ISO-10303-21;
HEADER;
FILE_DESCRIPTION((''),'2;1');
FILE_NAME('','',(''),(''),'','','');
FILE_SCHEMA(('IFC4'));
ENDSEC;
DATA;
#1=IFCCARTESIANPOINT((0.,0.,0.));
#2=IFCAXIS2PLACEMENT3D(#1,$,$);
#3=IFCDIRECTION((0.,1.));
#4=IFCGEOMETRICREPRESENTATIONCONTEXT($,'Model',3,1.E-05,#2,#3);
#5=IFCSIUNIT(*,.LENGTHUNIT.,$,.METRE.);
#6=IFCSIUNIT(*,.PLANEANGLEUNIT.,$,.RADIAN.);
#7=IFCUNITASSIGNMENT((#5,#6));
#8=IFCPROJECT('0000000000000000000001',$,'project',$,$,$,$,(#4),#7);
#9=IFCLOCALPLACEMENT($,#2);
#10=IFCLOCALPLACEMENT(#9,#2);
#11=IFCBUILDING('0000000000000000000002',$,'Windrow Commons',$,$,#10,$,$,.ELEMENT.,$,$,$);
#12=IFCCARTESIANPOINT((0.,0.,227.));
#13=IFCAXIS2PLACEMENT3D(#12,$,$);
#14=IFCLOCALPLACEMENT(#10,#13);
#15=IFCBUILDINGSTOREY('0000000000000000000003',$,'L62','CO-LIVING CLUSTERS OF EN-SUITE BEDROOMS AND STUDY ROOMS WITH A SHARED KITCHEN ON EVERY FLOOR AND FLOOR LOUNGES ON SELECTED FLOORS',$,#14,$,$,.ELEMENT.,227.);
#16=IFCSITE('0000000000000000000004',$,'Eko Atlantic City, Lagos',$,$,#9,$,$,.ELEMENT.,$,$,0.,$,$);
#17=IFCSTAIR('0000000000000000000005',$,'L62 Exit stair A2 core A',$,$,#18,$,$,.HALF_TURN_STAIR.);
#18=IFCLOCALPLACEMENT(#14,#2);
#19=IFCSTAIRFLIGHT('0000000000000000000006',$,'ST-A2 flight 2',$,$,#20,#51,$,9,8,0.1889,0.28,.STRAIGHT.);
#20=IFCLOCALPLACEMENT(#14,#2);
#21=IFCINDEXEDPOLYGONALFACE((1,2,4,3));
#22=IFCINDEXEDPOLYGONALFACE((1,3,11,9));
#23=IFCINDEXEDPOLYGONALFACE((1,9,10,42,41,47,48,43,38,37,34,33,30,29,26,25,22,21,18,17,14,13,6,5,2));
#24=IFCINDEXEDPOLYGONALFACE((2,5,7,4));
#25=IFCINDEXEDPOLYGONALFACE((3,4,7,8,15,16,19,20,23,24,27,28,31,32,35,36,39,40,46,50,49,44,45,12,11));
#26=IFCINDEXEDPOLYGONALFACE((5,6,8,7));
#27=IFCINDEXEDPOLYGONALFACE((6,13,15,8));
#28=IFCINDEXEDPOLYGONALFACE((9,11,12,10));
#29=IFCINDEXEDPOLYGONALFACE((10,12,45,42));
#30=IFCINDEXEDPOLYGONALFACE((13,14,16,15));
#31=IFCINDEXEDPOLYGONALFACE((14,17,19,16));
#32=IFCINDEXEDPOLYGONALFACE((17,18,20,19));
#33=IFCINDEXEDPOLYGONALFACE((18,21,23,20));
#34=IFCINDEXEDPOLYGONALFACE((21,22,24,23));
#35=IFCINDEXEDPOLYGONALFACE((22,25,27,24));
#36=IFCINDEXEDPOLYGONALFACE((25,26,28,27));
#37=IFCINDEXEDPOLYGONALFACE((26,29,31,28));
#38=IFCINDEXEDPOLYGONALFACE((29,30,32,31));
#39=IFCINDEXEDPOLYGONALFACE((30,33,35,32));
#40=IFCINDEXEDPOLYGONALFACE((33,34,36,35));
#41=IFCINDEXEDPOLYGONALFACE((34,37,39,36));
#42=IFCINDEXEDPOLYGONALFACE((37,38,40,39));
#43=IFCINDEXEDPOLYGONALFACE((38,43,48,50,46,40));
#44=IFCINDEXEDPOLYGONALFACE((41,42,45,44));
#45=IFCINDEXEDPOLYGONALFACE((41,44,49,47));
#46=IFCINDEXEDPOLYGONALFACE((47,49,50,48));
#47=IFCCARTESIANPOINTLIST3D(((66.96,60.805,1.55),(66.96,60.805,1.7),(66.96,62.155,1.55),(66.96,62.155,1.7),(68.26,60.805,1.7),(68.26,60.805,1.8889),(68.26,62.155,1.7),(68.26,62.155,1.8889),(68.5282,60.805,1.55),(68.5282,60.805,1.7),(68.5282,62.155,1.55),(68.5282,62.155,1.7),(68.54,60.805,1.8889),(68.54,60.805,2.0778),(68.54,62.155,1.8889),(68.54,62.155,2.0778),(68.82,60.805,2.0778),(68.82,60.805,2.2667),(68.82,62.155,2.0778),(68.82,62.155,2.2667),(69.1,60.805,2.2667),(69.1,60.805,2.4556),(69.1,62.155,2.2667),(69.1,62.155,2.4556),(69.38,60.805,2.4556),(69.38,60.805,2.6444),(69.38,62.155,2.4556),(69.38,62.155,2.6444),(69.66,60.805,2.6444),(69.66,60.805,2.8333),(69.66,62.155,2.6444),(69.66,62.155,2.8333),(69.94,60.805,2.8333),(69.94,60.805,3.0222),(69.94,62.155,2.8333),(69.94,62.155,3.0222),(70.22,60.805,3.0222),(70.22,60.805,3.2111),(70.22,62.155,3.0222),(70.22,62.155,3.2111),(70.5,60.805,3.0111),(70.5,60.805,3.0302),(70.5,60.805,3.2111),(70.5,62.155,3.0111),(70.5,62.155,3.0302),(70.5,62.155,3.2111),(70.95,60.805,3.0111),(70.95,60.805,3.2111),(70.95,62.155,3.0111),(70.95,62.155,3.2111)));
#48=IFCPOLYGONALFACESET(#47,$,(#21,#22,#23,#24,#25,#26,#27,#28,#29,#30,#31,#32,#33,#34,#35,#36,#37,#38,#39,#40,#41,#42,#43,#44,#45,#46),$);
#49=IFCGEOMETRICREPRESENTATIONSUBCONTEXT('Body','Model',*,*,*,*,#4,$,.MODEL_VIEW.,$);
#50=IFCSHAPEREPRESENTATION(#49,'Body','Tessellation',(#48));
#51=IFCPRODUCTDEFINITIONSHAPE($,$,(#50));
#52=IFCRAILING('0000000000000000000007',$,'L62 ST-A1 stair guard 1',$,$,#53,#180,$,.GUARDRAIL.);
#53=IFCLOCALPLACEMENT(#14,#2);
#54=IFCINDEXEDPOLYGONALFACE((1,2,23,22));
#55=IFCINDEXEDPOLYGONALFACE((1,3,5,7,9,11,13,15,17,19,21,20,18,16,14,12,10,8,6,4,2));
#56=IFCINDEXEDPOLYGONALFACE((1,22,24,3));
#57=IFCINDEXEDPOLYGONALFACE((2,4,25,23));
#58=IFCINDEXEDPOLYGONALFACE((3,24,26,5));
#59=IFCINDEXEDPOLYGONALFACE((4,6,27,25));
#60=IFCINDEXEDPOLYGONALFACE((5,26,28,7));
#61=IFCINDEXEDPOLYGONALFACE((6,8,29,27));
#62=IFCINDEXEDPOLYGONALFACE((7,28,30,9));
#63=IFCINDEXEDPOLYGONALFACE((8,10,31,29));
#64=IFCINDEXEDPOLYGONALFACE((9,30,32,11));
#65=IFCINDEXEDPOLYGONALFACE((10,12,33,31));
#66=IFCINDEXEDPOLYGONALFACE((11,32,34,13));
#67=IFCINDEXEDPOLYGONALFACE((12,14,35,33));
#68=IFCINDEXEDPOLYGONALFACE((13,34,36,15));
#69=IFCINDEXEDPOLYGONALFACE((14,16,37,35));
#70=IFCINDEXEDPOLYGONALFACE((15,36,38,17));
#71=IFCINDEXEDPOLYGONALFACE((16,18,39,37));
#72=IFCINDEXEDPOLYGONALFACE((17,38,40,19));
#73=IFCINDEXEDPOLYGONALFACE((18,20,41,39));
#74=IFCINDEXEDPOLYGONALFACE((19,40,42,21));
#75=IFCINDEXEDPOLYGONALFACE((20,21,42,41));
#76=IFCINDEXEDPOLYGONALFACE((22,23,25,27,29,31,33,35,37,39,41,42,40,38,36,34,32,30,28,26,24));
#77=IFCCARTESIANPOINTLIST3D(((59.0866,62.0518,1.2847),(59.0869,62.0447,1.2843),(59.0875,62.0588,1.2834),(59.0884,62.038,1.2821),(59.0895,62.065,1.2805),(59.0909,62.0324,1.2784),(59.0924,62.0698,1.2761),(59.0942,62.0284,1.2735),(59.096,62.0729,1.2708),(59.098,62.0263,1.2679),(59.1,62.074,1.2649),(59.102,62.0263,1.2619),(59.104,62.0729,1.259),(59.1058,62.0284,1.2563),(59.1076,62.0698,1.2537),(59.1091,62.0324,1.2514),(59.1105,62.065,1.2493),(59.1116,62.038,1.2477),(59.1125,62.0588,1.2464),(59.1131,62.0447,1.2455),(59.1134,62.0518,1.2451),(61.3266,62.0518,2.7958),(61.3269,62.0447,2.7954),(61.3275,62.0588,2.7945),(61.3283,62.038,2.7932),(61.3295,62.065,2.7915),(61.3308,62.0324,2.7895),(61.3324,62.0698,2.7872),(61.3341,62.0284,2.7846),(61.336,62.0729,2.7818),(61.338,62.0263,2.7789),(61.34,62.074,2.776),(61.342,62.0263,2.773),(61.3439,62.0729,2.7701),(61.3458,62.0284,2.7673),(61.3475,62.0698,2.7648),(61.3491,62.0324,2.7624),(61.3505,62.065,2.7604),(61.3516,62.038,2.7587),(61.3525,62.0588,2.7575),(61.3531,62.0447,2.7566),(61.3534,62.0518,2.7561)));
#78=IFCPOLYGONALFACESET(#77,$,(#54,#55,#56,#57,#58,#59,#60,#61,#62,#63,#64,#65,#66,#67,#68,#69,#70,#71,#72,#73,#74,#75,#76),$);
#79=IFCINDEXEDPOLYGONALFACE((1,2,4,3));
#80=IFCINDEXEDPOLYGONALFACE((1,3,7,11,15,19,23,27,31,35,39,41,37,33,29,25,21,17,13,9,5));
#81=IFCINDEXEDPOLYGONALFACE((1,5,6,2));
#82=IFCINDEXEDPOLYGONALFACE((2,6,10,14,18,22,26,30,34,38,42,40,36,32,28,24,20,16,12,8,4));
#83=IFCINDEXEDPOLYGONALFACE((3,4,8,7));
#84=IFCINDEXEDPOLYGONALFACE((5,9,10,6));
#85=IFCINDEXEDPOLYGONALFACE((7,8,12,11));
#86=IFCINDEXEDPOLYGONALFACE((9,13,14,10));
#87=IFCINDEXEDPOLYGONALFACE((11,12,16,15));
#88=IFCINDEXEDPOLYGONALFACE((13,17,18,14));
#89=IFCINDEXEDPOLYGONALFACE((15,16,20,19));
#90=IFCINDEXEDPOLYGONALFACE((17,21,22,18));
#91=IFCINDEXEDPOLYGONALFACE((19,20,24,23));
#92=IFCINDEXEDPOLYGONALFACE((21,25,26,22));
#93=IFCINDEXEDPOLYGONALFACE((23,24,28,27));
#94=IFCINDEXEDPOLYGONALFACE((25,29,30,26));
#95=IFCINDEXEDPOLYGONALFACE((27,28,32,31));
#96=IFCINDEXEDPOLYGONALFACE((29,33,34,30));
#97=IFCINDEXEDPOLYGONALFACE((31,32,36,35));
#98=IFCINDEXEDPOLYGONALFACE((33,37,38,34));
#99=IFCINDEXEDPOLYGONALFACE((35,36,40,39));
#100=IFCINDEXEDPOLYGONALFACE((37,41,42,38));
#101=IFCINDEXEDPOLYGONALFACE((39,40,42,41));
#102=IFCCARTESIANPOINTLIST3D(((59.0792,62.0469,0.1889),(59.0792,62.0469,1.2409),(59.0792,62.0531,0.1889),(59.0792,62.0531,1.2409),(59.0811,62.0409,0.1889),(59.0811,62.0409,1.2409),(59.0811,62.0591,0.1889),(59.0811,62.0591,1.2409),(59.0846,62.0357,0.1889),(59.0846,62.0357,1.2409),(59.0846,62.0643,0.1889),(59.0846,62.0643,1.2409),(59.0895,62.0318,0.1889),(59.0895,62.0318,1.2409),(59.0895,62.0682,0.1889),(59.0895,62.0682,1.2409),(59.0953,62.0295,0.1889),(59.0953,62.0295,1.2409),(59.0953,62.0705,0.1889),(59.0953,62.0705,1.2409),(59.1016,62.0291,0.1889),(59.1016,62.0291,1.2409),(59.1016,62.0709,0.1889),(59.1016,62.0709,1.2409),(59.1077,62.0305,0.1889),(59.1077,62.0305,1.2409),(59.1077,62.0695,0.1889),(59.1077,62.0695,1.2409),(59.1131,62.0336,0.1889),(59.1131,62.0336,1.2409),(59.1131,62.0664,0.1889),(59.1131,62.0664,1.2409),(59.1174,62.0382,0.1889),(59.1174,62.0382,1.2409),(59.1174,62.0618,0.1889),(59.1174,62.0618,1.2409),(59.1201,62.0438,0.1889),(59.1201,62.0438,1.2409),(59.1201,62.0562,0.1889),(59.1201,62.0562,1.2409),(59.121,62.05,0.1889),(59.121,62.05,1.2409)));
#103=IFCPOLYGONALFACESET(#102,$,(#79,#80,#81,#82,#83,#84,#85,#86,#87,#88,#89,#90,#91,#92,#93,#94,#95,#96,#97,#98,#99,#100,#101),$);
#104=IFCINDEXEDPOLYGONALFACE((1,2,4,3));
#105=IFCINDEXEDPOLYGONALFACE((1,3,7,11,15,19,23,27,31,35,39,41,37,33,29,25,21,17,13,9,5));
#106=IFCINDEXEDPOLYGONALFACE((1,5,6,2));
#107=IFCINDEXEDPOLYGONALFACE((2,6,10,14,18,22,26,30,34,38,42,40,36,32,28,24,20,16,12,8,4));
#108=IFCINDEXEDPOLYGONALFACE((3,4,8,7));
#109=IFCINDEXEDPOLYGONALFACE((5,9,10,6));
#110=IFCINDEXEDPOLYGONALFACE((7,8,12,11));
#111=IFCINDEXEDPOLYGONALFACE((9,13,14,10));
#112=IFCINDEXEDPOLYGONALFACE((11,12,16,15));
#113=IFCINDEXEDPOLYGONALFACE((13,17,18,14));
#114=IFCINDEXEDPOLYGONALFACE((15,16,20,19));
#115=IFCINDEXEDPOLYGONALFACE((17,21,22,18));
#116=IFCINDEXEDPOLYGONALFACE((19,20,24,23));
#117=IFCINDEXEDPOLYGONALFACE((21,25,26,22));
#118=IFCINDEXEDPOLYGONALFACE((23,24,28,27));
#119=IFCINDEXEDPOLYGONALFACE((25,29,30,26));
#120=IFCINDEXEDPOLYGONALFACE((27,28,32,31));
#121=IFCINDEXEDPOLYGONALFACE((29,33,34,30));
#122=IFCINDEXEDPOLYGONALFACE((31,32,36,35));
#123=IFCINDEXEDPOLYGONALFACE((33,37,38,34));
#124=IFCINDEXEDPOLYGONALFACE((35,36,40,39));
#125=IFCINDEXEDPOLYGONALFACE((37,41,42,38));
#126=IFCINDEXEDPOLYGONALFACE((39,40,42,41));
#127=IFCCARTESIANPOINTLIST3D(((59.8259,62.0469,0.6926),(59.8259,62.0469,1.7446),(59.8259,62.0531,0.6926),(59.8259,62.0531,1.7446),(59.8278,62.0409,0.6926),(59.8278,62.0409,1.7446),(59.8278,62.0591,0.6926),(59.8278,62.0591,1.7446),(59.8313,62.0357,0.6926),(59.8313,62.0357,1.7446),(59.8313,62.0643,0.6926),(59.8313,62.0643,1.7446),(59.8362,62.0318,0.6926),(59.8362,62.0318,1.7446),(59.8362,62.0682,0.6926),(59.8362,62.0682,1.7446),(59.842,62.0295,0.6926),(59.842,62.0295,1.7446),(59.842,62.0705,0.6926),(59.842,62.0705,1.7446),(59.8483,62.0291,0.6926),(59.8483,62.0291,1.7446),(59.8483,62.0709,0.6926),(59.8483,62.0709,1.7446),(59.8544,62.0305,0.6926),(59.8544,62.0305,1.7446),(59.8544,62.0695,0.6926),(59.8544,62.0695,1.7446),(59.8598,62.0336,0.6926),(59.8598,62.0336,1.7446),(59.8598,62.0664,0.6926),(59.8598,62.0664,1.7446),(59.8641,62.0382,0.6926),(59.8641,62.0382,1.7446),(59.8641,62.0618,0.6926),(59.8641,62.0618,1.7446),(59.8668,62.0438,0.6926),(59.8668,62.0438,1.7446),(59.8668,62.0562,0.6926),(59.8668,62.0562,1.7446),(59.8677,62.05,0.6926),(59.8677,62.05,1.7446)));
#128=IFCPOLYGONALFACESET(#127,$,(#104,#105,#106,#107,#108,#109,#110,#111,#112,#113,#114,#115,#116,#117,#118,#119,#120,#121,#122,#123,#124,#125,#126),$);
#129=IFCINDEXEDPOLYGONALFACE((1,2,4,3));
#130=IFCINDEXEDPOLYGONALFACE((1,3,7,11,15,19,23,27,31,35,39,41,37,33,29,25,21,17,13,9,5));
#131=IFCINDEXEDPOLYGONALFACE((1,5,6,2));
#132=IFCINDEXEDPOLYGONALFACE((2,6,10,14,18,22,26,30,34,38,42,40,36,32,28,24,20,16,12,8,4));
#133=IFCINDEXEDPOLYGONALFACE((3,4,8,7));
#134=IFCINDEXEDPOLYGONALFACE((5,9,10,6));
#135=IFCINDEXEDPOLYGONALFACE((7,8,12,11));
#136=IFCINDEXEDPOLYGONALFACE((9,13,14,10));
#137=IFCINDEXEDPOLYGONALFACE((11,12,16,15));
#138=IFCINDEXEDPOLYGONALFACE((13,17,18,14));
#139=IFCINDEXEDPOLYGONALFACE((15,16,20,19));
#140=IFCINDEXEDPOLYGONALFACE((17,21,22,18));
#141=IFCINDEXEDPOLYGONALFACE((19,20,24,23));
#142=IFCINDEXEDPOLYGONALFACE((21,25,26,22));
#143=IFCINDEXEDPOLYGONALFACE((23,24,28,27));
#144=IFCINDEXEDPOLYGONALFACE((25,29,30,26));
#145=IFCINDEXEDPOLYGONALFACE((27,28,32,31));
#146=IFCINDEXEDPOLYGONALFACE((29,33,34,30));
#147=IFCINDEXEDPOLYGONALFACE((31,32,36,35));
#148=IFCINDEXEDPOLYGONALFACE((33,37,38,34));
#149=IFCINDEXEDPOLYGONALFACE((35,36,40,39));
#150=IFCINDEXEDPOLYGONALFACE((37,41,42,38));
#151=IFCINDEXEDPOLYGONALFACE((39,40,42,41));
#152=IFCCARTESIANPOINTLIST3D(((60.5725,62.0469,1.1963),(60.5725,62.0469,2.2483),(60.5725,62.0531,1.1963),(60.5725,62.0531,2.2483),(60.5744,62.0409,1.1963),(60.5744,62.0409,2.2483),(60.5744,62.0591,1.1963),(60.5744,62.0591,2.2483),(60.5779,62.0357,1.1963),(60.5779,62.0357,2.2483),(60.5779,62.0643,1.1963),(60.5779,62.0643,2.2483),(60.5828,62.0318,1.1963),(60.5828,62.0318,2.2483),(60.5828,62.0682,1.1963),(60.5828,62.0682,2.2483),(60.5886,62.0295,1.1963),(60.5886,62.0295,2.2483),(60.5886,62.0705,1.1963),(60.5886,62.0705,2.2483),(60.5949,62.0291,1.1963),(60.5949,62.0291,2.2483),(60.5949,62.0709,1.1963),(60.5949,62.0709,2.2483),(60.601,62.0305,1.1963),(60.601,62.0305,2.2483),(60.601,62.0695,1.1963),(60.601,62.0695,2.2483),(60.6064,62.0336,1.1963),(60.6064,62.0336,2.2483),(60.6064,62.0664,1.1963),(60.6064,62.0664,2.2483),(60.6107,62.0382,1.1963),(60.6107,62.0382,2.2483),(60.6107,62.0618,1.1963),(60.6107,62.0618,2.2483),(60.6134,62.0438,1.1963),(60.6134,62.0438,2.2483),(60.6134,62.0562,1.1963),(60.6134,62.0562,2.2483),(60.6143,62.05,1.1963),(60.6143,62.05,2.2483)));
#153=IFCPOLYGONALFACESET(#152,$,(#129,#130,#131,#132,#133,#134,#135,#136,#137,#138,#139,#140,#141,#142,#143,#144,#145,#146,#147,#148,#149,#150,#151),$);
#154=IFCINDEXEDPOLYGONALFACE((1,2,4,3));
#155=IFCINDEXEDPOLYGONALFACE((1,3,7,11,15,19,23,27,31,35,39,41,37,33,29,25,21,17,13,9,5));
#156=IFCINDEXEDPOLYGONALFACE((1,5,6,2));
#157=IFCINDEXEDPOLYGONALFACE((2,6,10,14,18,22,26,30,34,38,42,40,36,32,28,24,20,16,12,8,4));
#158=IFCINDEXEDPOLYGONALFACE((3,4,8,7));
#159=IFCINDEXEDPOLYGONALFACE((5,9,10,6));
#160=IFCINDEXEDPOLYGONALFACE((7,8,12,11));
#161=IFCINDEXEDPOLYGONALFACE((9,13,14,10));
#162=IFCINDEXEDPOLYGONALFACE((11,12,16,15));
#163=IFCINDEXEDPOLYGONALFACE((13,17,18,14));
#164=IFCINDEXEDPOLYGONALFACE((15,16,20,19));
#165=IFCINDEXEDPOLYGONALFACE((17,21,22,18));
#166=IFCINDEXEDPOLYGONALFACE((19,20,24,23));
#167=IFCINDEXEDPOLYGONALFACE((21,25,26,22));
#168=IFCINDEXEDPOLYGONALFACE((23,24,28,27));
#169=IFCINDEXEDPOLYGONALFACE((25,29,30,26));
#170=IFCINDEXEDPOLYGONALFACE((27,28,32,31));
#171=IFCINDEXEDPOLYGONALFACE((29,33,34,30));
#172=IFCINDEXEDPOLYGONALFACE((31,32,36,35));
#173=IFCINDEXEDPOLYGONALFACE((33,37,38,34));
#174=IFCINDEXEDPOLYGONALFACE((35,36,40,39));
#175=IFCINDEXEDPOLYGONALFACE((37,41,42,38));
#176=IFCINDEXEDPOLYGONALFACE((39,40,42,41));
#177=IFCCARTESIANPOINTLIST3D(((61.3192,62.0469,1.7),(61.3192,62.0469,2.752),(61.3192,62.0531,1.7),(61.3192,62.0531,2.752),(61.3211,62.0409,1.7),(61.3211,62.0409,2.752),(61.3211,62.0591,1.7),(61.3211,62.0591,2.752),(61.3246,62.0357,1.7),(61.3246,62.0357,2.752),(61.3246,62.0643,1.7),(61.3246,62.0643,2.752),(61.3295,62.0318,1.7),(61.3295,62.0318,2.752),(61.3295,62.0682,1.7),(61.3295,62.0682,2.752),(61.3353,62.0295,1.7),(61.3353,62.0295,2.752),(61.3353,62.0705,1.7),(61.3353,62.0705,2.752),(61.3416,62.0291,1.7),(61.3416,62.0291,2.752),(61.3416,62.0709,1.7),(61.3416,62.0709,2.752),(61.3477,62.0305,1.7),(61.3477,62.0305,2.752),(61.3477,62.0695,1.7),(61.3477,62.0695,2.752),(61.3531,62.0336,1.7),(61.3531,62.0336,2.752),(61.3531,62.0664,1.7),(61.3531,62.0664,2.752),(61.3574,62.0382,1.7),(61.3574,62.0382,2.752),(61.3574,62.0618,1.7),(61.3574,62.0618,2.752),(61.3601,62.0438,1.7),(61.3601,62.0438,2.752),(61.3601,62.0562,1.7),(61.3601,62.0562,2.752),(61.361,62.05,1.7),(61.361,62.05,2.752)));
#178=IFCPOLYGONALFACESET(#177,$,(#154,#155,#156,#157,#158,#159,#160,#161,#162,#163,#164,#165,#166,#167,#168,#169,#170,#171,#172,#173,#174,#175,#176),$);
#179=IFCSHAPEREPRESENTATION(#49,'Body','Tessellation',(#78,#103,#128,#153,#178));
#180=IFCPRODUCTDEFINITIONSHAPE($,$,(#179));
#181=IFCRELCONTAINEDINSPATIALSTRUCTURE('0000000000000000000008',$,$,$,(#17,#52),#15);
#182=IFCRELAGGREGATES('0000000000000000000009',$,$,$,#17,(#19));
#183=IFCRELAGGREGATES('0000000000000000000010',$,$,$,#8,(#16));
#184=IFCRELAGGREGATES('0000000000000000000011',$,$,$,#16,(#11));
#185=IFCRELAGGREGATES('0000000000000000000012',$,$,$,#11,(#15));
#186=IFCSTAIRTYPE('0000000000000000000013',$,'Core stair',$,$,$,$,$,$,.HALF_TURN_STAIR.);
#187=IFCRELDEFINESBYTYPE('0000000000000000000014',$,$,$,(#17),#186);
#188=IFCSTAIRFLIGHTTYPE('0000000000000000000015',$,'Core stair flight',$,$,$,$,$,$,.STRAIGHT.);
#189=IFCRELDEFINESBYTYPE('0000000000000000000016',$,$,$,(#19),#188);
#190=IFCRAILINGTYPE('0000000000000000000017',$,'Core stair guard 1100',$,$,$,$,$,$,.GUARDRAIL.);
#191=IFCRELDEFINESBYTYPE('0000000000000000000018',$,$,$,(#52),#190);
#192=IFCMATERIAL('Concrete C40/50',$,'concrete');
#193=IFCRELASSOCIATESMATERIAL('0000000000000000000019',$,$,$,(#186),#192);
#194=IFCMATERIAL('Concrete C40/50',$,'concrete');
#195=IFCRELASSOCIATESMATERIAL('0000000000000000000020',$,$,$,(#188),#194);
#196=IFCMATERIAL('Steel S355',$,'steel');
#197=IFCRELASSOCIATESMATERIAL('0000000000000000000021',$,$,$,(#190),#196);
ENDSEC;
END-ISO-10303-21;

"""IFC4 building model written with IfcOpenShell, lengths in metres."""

from ifc_helpers import new_model, si_unit, direction, frame, origin, origin_2d, place, context, subcontext, project, spatial, polyline, circle, outline, extrude, material, type_object, element, aggregate, save


model = new_model("IFC4")

# Units and contexts
model_context = context("Model", 3, precision=1e-05, world=origin(), true_north=direction((0.0, 1.0)))
body_context = subcontext(model_context, "Body", "Model", "MODEL_VIEW")
ifc_project = project(units=[si_unit("LENGTHUNIT", "METRE"), si_unit("PLANEANGLEUNIT", "RADIAN")], contexts=[model_context])

# Site, building, storey
site_placement = place(None, origin())
site = spatial("IfcSite", under=ifc_project, at=site_placement, Name="Eko Atlantic City, Lagos", CompositionType="ELEMENT", RefElevation=0.0)
building_placement = place(site_placement, origin())
building = spatial("IfcBuilding", under=site, at=building_placement, Name="Windrow Commons", CompositionType="ELEMENT")
storey_placement = place(building_placement, frame((0.0, 0.0, 227.0)))
storey = spatial("IfcBuildingStorey", under=building, at=storey_placement, Name="L62", Description="CO-LIVING CLUSTERS OF EN-SUITE BEDROOMS AND STUDY ROOMS WITH A SHARED KITCHEN ON EVERY FLOOR AND FLOOR LOUNGES ON SELECTED FLOORS", CompositionType="ELEMENT", Elevation=227.0)

# Shared definitions
ifc_material_1 = material(Name="Concrete C40/50", Category="concrete")
stair_type = type_object("IfcStairType", Name="Core stair", PredefinedType="HALF_TURN_STAIR", material=ifc_material_1)
placement = place(storey_placement, origin())
ifc_material_2 = material(Name="Concrete C40/50", Category="concrete")
stair_flight_type = type_object("IfcStairFlightType", Name="Core stair flight", PredefinedType="STRAIGHT", material=ifc_material_2)

# Stair, stair flight
stair_1 = element("IfcStair", 1, at=placement, inside=storey, type_object=stair_type, Name="L62 Exit stair A2 core A", PredefinedType="HALF_TURN_STAIR")
stair_flight_1_placement = place(storey_placement, frame((68.26, 61.48, 1.7), z_axis=(0.0, 0.0, 1.0), x_axis=(1.0, 0.0, 0.0)))
stair_flight_1 = element("IfcStairFlight", 2, at=stair_flight_1_placement, type_object=stair_flight_type, Name="ST-A2 flight 2", NumberOfRisers=9, NumberOfTreads=8, PredefinedType="STRAIGHT", RiserHeight=0.1889, TreadLength=0.28, context=body_context, shape_type="SweptSolid", body=[
    extrude(outline(polyline([(-1.3, -0.15), (-1.3, 0.0), (0.0, 0.0), (0.0, 0.1889), (0.28, 0.1889), (0.28, 0.3778), (0.56, 0.3778), (0.56, 0.5667), (0.84, 0.5667), (0.84, 0.7556), (1.12, 0.7556), (1.12, 0.9444), (1.4, 0.9444), (1.4, 1.1333), (1.68, 1.1333), (1.68, 1.3222), (1.96, 1.3222), (1.96, 1.5111), (2.24, 1.5111), (2.69, 1.5111), (2.69, 1.3111), (2.24, 1.3111), (2.24, 1.3302), (0.2682, 0.0), (0.2682, -0.15), (-1.3, -0.15)])), frame((0.0, 0.675, 0.0), z_axis=(0.0, -1.0, 0.0), x_axis=(1.0, 0.0, 0.0)), (0.0, 0.0, 1.0), 1.35),
])
aggregate(stair_1, [stair_flight_1])

# Railing
ifc_material_3 = material(Name="Steel S355", Category="steel")
railing_type_1 = type_object("IfcRailingType", Name="Core stair guard 1100", PredefinedType="GUARDRAIL", material=ifc_material_3)
railing_1_placement = place(storey_placement, frame((59.1, 62.05, 0.1889)))
element("IfcRailing", 3, at=railing_1_placement, inside=storey, type_object=railing_type_1, Name="L62 ST-A1 stair guard 1", PredefinedType="GUARDRAIL", context=body_context, shape_type="SweptSolid", body=[
    extrude(circle(Radius=0.024, at=origin_2d()), frame((0.0, 0.0, 1.076), z_axis=(0.829003, 0.0, 0.559244), x_axis=(0.0, 1.0, 0.0)), (0.0, 0.0, 1.0), 2.702),
    extrude(circle(Radius=0.021, at=origin_2d()), origin(), (0.0, 0.0, 1.0), 1.052),
    extrude(circle(Radius=0.021, at=origin_2d()), frame((0.7467, 0.0, 0.5037)), (0.0, 0.0, 1.0), 1.052),
    extrude(circle(Radius=0.021, at=origin_2d()), frame((1.4933, 0.0, 1.0074)), (0.0, 0.0, 1.0), 1.052),
    extrude(circle(Radius=0.021, at=origin_2d()), frame((2.24, 0.0, 1.5111)), (0.0, 0.0, 1.0), 1.052),
])

save(model, "model.ifc")
